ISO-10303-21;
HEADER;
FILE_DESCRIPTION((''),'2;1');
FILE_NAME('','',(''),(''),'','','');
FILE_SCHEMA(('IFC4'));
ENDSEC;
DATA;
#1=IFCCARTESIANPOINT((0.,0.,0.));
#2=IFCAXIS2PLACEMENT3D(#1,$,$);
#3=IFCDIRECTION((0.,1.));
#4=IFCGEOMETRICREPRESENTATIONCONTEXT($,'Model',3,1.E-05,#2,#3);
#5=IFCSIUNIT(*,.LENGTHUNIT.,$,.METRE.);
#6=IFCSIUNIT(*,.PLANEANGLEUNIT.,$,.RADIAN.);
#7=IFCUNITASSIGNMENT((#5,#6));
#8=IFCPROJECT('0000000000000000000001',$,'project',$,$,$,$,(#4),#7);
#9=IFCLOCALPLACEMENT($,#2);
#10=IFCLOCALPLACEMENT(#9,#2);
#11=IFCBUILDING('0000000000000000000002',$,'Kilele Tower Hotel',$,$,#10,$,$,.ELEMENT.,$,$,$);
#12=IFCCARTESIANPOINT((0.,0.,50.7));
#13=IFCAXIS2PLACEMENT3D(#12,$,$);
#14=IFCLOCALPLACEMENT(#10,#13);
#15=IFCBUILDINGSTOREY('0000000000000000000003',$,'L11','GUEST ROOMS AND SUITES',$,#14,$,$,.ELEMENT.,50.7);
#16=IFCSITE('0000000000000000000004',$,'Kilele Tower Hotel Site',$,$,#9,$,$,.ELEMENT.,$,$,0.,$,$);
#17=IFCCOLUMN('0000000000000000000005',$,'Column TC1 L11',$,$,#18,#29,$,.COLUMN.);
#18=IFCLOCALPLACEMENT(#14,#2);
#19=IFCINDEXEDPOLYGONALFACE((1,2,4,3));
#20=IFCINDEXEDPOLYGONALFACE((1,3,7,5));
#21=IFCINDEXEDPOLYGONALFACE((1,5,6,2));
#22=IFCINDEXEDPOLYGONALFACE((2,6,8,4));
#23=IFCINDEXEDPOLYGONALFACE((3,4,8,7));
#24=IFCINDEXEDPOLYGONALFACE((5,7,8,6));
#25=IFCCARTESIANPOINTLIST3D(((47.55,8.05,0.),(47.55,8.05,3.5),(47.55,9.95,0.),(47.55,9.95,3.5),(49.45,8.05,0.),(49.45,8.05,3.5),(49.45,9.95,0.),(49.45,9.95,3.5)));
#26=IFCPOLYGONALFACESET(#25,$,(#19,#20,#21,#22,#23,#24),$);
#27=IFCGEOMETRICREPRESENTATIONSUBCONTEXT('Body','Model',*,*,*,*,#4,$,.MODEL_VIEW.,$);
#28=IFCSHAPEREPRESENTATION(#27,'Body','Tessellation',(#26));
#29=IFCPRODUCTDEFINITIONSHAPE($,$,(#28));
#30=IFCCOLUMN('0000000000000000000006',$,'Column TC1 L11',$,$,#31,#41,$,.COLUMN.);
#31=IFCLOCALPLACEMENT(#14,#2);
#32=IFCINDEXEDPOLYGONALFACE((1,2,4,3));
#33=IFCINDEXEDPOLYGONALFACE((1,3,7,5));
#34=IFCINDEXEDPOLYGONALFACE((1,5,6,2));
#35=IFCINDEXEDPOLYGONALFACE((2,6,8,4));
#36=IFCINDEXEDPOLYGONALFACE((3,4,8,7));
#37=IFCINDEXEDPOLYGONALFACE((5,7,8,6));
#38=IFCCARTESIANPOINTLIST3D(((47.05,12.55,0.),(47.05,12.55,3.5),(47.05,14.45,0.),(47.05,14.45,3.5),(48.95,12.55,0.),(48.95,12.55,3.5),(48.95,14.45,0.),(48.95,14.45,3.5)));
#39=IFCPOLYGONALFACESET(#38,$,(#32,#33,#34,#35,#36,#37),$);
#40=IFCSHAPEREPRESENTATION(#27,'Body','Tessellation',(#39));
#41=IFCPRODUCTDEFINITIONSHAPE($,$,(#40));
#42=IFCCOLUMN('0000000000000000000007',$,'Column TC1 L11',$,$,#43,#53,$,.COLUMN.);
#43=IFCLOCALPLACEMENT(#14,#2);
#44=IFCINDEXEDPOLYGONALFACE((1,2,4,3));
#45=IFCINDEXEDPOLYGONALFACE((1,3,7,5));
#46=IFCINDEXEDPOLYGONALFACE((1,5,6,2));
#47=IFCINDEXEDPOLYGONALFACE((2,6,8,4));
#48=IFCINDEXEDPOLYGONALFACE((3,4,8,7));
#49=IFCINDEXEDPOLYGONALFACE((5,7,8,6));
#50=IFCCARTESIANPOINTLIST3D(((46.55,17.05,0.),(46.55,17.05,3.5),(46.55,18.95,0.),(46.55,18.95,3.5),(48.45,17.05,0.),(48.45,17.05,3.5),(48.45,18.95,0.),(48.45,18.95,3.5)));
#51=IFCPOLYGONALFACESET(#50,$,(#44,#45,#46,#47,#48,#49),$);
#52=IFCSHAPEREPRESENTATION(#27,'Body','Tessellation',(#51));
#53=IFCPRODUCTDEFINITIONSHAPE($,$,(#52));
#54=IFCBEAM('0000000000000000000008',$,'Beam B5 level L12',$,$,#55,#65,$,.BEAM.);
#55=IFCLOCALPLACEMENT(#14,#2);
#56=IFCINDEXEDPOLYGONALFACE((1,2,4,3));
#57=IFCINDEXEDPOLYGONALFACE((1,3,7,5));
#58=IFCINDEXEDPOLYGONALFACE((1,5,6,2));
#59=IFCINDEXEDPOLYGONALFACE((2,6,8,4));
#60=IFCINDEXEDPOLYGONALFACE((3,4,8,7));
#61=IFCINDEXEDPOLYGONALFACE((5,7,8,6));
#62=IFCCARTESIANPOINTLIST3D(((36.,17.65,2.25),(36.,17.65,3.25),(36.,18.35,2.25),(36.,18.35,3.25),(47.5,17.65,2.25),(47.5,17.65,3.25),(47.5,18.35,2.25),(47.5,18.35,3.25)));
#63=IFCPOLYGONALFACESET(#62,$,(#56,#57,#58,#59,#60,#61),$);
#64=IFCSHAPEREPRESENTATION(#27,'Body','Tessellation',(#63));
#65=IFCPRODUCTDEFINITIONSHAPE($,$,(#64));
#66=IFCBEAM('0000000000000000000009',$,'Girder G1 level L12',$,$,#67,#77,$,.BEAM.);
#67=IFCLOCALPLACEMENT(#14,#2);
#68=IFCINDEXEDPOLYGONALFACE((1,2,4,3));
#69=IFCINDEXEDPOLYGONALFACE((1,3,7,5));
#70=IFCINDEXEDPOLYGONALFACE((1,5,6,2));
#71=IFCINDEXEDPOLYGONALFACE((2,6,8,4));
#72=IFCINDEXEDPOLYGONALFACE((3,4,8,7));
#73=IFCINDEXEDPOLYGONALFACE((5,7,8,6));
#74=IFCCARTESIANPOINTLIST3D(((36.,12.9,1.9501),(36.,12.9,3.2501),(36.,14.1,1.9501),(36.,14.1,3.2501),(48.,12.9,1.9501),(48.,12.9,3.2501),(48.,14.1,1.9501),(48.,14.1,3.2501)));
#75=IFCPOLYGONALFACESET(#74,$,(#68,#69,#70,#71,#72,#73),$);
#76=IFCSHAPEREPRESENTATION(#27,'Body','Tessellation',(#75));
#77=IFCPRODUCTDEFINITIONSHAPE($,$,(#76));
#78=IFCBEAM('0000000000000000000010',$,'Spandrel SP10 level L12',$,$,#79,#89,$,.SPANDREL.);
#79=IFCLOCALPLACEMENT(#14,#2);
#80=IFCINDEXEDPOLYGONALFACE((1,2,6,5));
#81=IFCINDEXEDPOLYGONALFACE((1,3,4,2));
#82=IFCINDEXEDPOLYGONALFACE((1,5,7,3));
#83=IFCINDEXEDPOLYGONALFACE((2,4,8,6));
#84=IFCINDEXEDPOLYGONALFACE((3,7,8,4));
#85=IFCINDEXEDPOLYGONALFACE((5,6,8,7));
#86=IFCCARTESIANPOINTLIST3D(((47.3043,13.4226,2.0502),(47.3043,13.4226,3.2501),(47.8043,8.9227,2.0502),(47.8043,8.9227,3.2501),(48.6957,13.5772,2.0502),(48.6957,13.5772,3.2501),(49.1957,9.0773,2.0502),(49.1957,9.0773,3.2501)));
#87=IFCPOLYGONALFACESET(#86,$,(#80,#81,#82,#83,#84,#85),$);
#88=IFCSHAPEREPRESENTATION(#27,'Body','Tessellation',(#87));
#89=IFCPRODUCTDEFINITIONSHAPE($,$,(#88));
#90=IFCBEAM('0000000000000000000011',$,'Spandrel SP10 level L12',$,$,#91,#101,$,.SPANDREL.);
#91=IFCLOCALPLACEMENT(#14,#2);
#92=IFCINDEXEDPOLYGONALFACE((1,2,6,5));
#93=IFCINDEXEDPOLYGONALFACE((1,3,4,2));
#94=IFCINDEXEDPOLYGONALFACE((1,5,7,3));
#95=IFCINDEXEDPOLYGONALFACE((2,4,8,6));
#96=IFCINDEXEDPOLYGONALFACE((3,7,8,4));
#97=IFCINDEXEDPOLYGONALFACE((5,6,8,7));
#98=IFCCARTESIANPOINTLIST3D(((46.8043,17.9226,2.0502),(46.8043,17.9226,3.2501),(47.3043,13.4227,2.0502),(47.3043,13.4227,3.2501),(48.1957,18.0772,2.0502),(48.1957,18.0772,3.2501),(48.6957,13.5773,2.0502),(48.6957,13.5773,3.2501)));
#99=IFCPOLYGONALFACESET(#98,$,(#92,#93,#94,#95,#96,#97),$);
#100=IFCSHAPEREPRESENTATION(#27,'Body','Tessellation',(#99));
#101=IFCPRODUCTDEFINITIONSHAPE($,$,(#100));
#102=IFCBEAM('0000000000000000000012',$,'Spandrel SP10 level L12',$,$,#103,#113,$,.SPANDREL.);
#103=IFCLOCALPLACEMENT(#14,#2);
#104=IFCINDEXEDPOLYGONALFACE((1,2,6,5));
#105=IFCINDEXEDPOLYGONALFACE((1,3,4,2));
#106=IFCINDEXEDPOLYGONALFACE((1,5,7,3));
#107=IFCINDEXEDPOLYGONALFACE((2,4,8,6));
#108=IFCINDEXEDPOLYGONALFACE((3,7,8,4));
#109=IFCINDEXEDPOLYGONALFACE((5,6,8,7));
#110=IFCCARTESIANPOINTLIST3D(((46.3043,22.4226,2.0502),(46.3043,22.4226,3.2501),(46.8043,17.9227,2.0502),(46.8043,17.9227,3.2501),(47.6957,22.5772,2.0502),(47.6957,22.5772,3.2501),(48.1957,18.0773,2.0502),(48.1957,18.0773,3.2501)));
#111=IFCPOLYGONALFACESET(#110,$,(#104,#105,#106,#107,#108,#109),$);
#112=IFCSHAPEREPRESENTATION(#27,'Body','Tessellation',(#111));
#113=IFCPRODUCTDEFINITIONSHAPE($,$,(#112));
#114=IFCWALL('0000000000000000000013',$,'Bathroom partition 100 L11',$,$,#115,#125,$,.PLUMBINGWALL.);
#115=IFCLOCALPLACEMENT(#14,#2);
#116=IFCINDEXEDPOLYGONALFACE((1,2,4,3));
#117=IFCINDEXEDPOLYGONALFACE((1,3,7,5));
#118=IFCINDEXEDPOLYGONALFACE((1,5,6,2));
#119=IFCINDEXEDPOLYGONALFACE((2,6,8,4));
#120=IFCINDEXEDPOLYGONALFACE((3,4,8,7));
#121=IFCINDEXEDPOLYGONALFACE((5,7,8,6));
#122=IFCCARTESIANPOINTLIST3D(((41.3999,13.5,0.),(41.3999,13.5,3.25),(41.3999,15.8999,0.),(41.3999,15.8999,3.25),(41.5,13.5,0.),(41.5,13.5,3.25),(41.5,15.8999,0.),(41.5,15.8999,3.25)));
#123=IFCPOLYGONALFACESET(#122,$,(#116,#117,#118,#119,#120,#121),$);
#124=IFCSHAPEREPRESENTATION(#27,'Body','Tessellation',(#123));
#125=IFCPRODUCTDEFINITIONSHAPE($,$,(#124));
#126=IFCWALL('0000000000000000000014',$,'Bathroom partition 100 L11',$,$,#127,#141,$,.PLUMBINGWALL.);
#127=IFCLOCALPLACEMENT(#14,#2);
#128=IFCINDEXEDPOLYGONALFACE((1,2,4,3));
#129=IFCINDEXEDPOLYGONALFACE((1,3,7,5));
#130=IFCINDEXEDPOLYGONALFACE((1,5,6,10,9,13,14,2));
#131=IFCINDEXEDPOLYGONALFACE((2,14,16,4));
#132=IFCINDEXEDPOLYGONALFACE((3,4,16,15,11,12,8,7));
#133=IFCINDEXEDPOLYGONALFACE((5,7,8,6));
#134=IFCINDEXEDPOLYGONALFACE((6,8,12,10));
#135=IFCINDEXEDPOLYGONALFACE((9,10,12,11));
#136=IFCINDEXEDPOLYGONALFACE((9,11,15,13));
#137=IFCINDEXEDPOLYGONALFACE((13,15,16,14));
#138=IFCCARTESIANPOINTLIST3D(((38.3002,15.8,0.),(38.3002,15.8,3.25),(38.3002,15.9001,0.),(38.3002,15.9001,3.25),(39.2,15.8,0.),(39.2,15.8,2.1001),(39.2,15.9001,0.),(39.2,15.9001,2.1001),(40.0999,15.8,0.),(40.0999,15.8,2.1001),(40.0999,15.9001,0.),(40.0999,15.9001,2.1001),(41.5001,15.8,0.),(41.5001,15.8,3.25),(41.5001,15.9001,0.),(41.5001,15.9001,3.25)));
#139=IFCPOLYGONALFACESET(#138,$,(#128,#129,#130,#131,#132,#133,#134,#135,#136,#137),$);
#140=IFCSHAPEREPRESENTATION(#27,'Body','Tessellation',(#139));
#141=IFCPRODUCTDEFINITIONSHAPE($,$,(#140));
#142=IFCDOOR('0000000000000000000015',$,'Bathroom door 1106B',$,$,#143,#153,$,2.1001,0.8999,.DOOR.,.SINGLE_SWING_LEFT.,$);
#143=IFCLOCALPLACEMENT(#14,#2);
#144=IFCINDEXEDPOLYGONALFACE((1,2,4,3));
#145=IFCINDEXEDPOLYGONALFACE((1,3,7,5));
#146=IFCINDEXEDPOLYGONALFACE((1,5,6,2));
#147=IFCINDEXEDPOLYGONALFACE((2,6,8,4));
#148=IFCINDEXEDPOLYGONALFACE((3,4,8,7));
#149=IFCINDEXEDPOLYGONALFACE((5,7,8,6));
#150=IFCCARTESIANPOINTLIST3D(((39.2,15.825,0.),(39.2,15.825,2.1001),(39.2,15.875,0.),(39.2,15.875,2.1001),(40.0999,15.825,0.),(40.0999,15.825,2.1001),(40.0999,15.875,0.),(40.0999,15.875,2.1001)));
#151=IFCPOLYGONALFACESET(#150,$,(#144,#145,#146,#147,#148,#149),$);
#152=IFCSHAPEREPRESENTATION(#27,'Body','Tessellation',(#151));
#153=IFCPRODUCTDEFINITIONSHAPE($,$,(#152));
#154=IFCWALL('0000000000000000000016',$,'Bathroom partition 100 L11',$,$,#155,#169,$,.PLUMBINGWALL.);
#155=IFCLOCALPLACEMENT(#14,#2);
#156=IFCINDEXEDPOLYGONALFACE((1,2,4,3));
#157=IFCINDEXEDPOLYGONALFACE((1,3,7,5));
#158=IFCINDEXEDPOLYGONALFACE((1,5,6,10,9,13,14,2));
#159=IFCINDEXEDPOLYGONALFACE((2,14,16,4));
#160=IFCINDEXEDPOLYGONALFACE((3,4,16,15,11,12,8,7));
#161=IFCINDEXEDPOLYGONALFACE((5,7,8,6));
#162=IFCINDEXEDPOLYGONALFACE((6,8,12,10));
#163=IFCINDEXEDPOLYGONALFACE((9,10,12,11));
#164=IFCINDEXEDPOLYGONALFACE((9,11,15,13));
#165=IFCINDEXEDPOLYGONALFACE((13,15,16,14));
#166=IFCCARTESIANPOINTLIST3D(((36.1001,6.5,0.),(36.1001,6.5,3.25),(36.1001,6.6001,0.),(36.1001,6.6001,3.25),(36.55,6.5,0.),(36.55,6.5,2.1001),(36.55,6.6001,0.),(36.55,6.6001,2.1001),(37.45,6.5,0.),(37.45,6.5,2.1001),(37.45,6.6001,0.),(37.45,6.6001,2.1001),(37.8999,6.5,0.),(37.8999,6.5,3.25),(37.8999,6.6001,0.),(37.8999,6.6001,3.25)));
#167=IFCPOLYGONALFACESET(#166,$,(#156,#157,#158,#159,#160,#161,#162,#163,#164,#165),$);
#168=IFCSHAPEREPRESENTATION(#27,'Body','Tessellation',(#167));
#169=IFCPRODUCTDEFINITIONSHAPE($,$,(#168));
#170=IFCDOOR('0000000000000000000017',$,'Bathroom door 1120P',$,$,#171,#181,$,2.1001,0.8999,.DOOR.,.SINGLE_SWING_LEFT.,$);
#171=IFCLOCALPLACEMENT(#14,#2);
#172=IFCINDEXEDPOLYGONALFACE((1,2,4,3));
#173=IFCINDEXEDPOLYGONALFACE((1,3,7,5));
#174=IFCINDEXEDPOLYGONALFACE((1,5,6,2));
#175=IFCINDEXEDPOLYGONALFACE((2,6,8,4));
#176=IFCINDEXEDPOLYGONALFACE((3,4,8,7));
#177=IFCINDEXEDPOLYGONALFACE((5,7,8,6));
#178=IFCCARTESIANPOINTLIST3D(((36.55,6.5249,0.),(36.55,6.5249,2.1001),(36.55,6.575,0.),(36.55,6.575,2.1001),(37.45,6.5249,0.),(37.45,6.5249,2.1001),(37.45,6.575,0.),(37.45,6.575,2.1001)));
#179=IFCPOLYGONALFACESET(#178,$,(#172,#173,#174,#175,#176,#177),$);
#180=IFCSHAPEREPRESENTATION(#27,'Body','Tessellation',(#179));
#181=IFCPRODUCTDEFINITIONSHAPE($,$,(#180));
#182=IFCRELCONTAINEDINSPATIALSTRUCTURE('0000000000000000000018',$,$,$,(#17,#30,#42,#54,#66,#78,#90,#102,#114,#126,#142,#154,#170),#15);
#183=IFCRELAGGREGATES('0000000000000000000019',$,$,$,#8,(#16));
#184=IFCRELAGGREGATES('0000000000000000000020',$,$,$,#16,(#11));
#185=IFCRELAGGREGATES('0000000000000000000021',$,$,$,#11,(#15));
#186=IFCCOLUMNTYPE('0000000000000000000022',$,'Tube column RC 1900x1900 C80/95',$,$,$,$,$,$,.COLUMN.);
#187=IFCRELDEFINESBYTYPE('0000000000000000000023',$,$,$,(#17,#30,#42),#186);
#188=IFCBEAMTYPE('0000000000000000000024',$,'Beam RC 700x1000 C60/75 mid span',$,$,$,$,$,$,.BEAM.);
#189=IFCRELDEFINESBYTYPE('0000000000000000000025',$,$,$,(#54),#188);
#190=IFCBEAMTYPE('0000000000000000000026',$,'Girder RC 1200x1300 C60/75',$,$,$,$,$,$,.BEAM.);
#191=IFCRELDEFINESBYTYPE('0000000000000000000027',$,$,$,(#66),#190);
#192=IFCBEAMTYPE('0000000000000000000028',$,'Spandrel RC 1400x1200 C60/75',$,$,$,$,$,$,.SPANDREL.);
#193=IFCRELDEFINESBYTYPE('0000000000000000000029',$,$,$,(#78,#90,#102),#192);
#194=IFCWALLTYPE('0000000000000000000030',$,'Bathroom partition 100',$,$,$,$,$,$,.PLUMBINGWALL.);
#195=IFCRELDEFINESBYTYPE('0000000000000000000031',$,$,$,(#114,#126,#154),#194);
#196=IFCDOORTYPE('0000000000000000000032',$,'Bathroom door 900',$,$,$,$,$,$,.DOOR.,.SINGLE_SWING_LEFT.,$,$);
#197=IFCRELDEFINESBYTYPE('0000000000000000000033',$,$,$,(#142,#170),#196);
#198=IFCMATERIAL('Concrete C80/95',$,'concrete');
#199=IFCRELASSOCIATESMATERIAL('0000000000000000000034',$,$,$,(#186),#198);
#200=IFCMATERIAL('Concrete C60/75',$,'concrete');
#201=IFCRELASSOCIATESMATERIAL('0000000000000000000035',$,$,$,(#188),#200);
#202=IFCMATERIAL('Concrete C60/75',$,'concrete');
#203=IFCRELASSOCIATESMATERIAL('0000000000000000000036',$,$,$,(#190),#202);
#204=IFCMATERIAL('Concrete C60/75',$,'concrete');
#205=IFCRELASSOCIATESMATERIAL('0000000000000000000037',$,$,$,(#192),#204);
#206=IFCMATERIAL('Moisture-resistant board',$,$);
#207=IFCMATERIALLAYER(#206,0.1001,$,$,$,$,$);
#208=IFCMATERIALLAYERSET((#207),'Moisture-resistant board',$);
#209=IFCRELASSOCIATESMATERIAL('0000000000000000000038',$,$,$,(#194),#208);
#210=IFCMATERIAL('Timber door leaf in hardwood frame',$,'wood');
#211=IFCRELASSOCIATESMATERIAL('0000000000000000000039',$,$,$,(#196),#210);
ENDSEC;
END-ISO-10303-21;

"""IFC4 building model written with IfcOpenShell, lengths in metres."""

from ifc_helpers import new_model, si_unit, direction, frame, frame_2d, origin, origin_2d, place, context, subcontext, project, spatial, rectangle, extrude, material, layer, layer_set, material_profile, profile_set, type_object, element, fill, save


model = new_model("IFC4")

# Units and contexts
model_context = context("Model", 3, precision=1e-05, world=origin(), true_north=direction((0.0, 1.0)))
body_context = subcontext(model_context, "Body", "Model", "MODEL_VIEW")
ifc_project = project(units=[si_unit("LENGTHUNIT", "METRE"), si_unit("PLANEANGLEUNIT", "RADIAN")], contexts=[model_context])

# Site, building, storey
site_placement = place(None, origin())
site = spatial("IfcSite", under=ifc_project, at=site_placement, Name="Kilele Tower Hotel Site", CompositionType="ELEMENT", RefElevation=0.0)
building_placement = place(site_placement, origin())
building = spatial("IfcBuilding", under=site, at=building_placement, Name="Kilele Tower Hotel", CompositionType="ELEMENT")
storey_placement = place(building_placement, frame((0.0, 0.0, 50.7)))
storey = spatial("IfcBuildingStorey", under=building, at=storey_placement, Name="L11", Description="GUEST ROOMS AND SUITES", CompositionType="ELEMENT", Elevation=50.7)

# Columns
ifc_material_1 = material(Name="Concrete C80/95", Category="concrete")
ifc_material_profile_1 = material_profile(ifc_material_1, rectangle(XDim=1.8999, YDim=1.8999, at=origin_2d()))
ifc_profile_set_1 = profile_set([ifc_material_profile_1], Name="Concrete C80/95")
column_type = type_object("IfcColumnType", Name="Tube column RC 1900x1900 C80/95", PredefinedType="COLUMN", material=ifc_profile_set_1)
for number, where, z_axis, x_axis, name in (
    (1, (48.5, 9.0, 0.0), (0.0, 0.0, 1.0), (1.0, 0.0, 0.0), "Column TC1 L11"),
    (2, (48.0, 13.5, 0.0), (0.0, 0.0, 1.0), (1.0, 0.0, 0.0), "Column TC1 L11"),
    (3, (47.5, 18.0, 0.0), (0.0, 0.0, 1.0), (1.0, 0.0, 0.0), "Column TC1 L11"),
):
    element("IfcColumn", number, at=place(storey_placement, frame(where, z_axis=z_axis, x_axis=x_axis)), inside=storey, type_object=column_type, Name=name, PredefinedType="COLUMN", context=body_context, shape_type="SweptSolid", body=[
        extrude(rectangle(XDim=1.8999, YDim=1.8999, at=origin_2d()), origin(), (0.0, 0.0, 1.0), 3.5),
    ])

# Beams
ifc_material_2 = material(Name="Concrete C60/75", Category="concrete")
ifc_material_profile_2 = material_profile(ifc_material_2, rectangle(XDim=0.7, YDim=1.0, at=origin_2d()))
ifc_profile_set_2 = profile_set([ifc_material_profile_2], Name="Concrete C60/75")
beam_type_1 = type_object("IfcBeamType", Name="Beam RC 700x1000 C60/75 mid span", PredefinedType="BEAM", material=ifc_profile_set_2)
beam_1_placement = place(storey_placement, frame((47.5, 18.0, 2.75), z_axis=(-1.0, 0.0, 0.0), x_axis=(0.0, -1.0, 0.0)))
element("IfcBeam", 4, at=beam_1_placement, inside=storey, type_object=beam_type_1, Name="Beam B5 level L12", PredefinedType="BEAM", context=body_context, shape_type="SweptSolid", body=[
    extrude(rectangle(XDim=0.7, YDim=1.0, at=origin_2d()), origin(), (0.0, 0.0, 1.0), 11.5),
])
ifc_material_3 = material(Name="Concrete C60/75", Category="concrete")
ifc_material_profile_3 = material_profile(ifc_material_3, rectangle(XDim=1.2, YDim=1.3, at=origin_2d()))
ifc_profile_set_3 = profile_set([ifc_material_profile_3], Name="Concrete C60/75")
beam_type_2 = type_object("IfcBeamType", Name="Girder RC 1200x1300 C60/75", PredefinedType="BEAM", material=ifc_profile_set_3)
beam_2_placement = place(storey_placement, frame((48.0, 13.5, 2.6001), z_axis=(-1.0, 0.0, 0.0), x_axis=(0.0, -1.0, 0.0)))
element("IfcBeam", 5, at=beam_2_placement, inside=storey, type_object=beam_type_2, Name="Girder G1 level L12", PredefinedType="BEAM", context=body_context, shape_type="SweptSolid", body=[
    extrude(rectangle(XDim=1.2, YDim=1.3, at=origin_2d()), origin(), (0.0, 0.0, 1.0), 12.0),
])
ifc_material_4 = material(Name="Concrete C60/75", Category="concrete")
ifc_material_profile_4 = material_profile(ifc_material_4, rectangle(XDim=1.3999, YDim=1.2, at=origin_2d()))
ifc_profile_set_4 = profile_set([ifc_material_profile_4], Name="Concrete C60/75")
beam_type_3 = type_object("IfcBeamType", Name="Spandrel RC 1400x1200 C60/75", PredefinedType="SPANDREL", material=ifc_profile_set_4)
for number, where, z_axis, x_axis, name in (
    (6, (48.5, 9.0, 2.6501), (-0.110432, 0.993884, 0.0), (-0.993884, -0.110432, 0.0), "Spandrel SP10 level L12"),
    (7, (48.0, 13.5, 2.6501), (-0.110432, 0.993884, 0.0), (-0.993884, -0.110432, 0.0), "Spandrel SP10 level L12"),
    (8, (47.5, 18.0, 2.6501), (-0.110432, 0.993884, 0.0), (-0.993884, -0.110432, 0.0), "Spandrel SP10 level L12"),
):
    element("IfcBeam", number, at=place(storey_placement, frame(where, z_axis=z_axis, x_axis=x_axis)), inside=storey, type_object=beam_type_3, Name=name, PredefinedType="SPANDREL", context=body_context, shape_type="SweptSolid", body=[
        extrude(rectangle(XDim=1.3999, YDim=1.2, at=origin_2d()), origin(), (0.0, 0.0, 1.0), 4.5276),
    ])

# Wall
ifc_material_5 = material(Name="Moisture-resistant board")
ifc_layer_1 = layer(ifc_material_5, 0.1001)
ifc_layer_set_1 = layer_set([ifc_layer_1], Name="Moisture-resistant board")
wall_type_1 = type_object("IfcWallType", Name="Bathroom partition 100", PredefinedType="PLUMBINGWALL", material=ifc_layer_set_1)
wall_1_placement = place(storey_placement, frame((41.45, 13.5, 0.0), z_axis=(0.0, 0.0, 1.0), x_axis=(0.0, 1.0, 0.0)))
element("IfcWall", 9, at=wall_1_placement, inside=storey, type_object=wall_type_1, Name="Bathroom partition 100 L11", PredefinedType="PLUMBINGWALL", context=body_context, shape_type="SweptSolid", body=[
    extrude(rectangle(XDim=2.3999, YDim=0.1001, at=frame_2d((1.2, 0.0))), origin(), (0.0, 0.0, 1.0), 3.25),
])

# Walls, openings, doors
wall_2_placement = place(storey_placement, frame((38.3, 15.8501, 0.0), z_axis=(0.0, 0.0, 1.0), x_axis=(1.0, 0.0, 0.0)))
wall_2 = element("IfcWall", 10, at=wall_2_placement, inside=storey, type_object=wall_type_1, Name="Bathroom partition 100 L11", PredefinedType="PLUMBINGWALL", context=body_context, shape_type="SweptSolid", body=[
    extrude(rectangle(XDim=3.2, YDim=0.1001, at=frame_2d((1.6001, 0.0))), origin(), (0.0, 0.0, 1.0), 3.25),
])
opening_1_placement = place(wall_2_placement, frame((0.8999, 0.0, 0.0)))
opening_1 = element("IfcOpeningElement", 11, at=opening_1_placement, cuts=wall_2, PredefinedType="OPENING", context=body_context, shape_type="SweptSolid", body=[
    extrude(rectangle(XDim=0.8999, YDim=2.1001, at=frame_2d((0.45, 1.05))), frame((0.0, 0.0601, 0.0), z_axis=(0.0, -1.0, 0.0), x_axis=(1.0, 0.0, 0.0)), (0.0, 0.0, 1.0), 0.1201),
])
ifc_material_6 = material(Name="Timber door leaf in hardwood frame", Category="wood")
door_type_1 = type_object("IfcDoorType", Name="Bathroom door 900", OperationType="SINGLE_SWING_LEFT", PredefinedType="DOOR", material=ifc_material_6)
door_1_placement = place(opening_1_placement, origin())
door_1 = element("IfcDoor", 12, at=door_1_placement, inside=storey, type_object=door_type_1, Name="Bathroom door 1106B", OperationType="SINGLE_SWING_LEFT", OverallHeight=2.1001, OverallWidth=0.8999, PredefinedType="DOOR", context=body_context, shape_type="SweptSolid", body=[
    extrude(rectangle(XDim=0.8999, YDim=2.1001, at=frame_2d((0.45, 1.05))), frame((0.0, 0.0249, 0.0), z_axis=(0.0, -1.0, 0.0), x_axis=(1.0, 0.0, 0.0)), (0.0, 0.0, 1.0), 0.05),
])
fill(opening_1, door_1)
wall_3_placement = place(storey_placement, frame((36.1001, 6.55, 0.0), z_axis=(0.0, 0.0, 1.0), x_axis=(1.0, 0.0, 0.0)))
wall_3 = element("IfcWall", 13, at=wall_3_placement, inside=storey, type_object=wall_type_1, Name="Bathroom partition 100 L11", PredefinedType="PLUMBINGWALL", context=body_context, shape_type="SweptSolid", body=[
    extrude(rectangle(XDim=1.7998, YDim=0.1001, at=frame_2d((0.8999, 0.0))), origin(), (0.0, 0.0, 1.0), 3.25),
])
opening_2_placement = place(wall_3_placement, frame((0.45, 0.0, 0.0)))
opening_2 = element("IfcOpeningElement", 14, at=opening_2_placement, cuts=wall_3, PredefinedType="OPENING", context=body_context, shape_type="SweptSolid", body=[
    extrude(rectangle(XDim=0.8999, YDim=2.1001, at=frame_2d((0.45, 1.05))), frame((0.0, 0.0601, 0.0), z_axis=(0.0, -1.0, 0.0), x_axis=(1.0, 0.0, 0.0)), (0.0, 0.0, 1.0), 0.1201),
])
door_2_placement = place(opening_2_placement, origin())
door_2 = element("IfcDoor", 15, at=door_2_placement, inside=storey, type_object=door_type_1, Name="Bathroom door 1120P", OperationType="SINGLE_SWING_LEFT", OverallHeight=2.1001, OverallWidth=0.8999, PredefinedType="DOOR", context=body_context, shape_type="SweptSolid", body=[
    extrude(rectangle(XDim=0.8999, YDim=2.1001, at=frame_2d((0.45, 1.05))), frame((0.0, 0.0249, 0.0), z_axis=(0.0, -1.0, 0.0), x_axis=(1.0, 0.0, 0.0)), (0.0, 0.0, 1.0), 0.05),
])
fill(opening_2, door_2)

save(model, "model.ifc")
